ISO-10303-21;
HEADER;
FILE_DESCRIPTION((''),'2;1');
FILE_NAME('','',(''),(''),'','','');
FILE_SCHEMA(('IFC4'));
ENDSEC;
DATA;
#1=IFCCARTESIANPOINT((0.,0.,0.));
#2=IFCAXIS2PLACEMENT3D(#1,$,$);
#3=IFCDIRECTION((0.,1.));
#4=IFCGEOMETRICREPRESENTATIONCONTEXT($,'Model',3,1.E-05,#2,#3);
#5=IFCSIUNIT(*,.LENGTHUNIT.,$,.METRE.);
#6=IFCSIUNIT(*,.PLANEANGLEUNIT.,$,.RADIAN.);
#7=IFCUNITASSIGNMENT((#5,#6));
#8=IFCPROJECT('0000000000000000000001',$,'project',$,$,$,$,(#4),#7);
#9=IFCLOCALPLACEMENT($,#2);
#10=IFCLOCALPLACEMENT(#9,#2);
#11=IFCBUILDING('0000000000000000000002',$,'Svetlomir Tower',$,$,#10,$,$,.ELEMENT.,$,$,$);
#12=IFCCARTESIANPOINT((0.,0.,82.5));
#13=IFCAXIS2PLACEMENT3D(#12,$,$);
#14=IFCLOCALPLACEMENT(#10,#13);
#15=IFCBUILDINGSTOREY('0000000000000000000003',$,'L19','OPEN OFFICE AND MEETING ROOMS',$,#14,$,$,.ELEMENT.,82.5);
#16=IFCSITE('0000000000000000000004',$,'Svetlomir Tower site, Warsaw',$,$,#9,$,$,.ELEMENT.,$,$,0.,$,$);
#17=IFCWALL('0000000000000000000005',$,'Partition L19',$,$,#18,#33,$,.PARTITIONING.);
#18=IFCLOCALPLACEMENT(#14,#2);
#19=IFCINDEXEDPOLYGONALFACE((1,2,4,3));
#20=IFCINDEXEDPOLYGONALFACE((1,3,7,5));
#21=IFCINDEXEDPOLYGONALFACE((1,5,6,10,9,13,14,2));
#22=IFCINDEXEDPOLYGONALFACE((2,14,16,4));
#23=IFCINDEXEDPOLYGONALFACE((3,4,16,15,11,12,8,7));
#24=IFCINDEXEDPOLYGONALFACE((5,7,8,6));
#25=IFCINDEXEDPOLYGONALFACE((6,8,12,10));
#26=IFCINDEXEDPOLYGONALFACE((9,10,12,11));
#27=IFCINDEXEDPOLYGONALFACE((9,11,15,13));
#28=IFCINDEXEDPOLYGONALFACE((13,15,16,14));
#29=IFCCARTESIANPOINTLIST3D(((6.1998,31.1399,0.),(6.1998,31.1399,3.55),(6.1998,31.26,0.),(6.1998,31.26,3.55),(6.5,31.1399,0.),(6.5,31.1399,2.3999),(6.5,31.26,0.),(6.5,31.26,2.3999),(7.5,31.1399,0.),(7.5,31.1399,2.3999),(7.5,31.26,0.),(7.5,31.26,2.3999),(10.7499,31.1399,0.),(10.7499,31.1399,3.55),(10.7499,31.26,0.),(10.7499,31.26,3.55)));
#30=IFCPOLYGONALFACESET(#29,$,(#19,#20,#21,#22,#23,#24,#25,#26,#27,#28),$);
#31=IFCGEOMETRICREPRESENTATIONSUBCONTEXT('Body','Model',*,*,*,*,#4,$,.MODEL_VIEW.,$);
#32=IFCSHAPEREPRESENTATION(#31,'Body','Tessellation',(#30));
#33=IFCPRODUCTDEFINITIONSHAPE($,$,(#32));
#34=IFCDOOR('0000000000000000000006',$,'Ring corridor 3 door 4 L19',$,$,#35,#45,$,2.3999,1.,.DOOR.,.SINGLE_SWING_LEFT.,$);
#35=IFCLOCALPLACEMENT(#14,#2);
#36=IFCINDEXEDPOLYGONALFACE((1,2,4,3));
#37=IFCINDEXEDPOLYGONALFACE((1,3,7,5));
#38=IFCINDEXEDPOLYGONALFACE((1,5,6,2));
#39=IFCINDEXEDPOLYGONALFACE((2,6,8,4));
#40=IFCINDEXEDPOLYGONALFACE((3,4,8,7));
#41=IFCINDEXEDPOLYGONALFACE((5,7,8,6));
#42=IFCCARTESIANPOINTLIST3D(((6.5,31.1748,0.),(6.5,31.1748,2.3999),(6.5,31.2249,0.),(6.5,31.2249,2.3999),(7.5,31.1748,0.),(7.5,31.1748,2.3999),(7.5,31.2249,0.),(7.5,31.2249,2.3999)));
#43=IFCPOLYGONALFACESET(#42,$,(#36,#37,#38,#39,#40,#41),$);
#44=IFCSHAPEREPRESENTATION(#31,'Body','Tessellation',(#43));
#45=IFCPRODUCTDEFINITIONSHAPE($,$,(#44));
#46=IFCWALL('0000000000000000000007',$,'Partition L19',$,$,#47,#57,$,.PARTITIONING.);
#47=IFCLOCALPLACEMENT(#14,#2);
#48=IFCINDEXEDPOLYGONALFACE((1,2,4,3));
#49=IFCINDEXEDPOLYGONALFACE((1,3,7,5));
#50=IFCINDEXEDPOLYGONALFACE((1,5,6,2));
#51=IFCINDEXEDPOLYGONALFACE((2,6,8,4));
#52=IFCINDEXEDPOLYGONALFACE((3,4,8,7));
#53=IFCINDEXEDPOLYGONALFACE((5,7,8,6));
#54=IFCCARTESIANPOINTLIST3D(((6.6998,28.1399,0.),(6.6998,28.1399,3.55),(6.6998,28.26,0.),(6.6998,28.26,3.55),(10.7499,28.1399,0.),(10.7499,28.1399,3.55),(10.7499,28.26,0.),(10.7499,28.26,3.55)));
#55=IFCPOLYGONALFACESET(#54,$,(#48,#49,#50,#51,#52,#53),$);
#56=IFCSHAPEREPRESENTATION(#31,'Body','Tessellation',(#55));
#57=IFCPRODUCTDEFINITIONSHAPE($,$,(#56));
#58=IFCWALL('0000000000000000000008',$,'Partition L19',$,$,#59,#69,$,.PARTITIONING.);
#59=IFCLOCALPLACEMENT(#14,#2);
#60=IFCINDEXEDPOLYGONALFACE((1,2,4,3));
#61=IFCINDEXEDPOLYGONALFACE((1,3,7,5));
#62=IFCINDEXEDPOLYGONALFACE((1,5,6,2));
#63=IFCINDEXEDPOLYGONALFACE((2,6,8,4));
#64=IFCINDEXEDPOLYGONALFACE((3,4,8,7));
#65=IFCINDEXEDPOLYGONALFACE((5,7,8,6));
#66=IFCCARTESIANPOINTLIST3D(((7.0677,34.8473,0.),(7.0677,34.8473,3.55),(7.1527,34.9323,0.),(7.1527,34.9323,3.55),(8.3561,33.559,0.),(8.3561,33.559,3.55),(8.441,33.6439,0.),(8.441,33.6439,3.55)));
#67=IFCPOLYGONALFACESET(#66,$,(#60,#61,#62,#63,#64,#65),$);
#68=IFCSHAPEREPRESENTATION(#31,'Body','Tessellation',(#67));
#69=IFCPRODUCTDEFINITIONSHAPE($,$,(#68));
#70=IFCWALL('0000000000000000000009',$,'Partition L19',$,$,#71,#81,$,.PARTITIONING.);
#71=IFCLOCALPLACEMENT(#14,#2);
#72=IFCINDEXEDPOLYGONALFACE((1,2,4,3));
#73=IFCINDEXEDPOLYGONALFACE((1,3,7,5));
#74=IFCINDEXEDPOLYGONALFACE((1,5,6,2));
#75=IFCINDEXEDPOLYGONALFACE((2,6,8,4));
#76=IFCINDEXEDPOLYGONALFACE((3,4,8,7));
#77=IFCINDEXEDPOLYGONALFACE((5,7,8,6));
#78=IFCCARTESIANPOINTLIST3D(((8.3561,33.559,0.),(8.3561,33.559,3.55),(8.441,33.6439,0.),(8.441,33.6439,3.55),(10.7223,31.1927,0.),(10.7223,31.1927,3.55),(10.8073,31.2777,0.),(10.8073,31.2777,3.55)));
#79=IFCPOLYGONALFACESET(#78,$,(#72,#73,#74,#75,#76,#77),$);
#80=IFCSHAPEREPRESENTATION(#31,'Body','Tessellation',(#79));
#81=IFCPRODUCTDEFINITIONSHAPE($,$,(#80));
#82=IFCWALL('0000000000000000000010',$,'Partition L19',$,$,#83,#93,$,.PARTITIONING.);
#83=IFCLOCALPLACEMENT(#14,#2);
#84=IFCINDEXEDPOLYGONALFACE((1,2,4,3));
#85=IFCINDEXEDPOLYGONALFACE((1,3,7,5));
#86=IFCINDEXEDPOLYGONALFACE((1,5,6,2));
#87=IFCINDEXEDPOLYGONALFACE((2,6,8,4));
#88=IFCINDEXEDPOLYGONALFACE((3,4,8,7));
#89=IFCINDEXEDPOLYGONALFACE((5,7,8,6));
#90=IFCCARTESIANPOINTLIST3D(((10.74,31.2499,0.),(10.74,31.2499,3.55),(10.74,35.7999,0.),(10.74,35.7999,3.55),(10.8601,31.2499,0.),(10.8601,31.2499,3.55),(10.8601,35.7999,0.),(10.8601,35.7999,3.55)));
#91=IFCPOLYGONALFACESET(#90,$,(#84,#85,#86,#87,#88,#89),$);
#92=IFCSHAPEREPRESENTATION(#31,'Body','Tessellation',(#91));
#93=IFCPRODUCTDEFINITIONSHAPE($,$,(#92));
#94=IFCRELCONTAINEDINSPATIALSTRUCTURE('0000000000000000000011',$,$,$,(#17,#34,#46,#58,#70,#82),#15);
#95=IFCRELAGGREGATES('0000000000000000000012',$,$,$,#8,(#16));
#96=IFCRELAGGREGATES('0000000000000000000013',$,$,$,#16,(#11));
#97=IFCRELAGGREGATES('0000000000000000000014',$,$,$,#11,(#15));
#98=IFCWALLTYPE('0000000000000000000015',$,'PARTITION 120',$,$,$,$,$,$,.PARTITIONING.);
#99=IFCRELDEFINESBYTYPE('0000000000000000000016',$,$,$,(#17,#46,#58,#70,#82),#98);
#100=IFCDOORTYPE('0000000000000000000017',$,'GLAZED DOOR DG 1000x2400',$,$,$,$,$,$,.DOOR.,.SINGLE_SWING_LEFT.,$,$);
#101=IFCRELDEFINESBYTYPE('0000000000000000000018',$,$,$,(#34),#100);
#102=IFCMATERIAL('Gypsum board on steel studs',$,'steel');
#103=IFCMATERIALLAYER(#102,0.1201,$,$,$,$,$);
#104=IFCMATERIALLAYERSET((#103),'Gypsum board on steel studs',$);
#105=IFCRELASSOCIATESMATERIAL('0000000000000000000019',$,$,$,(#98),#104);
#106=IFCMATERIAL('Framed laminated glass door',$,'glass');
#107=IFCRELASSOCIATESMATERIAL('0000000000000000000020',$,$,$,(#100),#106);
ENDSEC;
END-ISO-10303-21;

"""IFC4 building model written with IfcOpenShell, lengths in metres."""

from ifc_helpers import new_model, si_unit, direction, frame, frame_2d, origin, place, context, subcontext, project, spatial, rectangle, extrude, material, layer, layer_set, type_object, element, fill, save


model = new_model("IFC4")

# Units and contexts
model_context = context("Model", 3, precision=1e-05, world=origin(), true_north=direction((0.0, 1.0)))
body_context = subcontext(model_context, "Body", "Model", "MODEL_VIEW")
ifc_project = project(units=[si_unit("LENGTHUNIT", "METRE"), si_unit("PLANEANGLEUNIT", "RADIAN")], contexts=[model_context])

# Site, building, storey
site_placement = place(None, origin())
site = spatial("IfcSite", under=ifc_project, at=site_placement, Name="Svetlomir Tower site, Warsaw", CompositionType="ELEMENT", RefElevation=0.0)
building_placement = place(site_placement, origin())
building = spatial("IfcBuilding", under=site, at=building_placement, Name="Svetlomir Tower", CompositionType="ELEMENT")
storey_placement = place(building_placement, frame((0.0, 0.0, 82.5)))
storey = spatial("IfcBuildingStorey", under=building, at=storey_placement, Name="L19", Description="OPEN OFFICE AND MEETING ROOMS", CompositionType="ELEMENT", Elevation=82.5)

# Shared definitions
ifc_material_1 = material(Name="Gypsum board on steel studs", Category="steel")
ifc_layer_1 = layer(ifc_material_1, 0.1201)
ifc_layer_set_1 = layer_set([ifc_layer_1], Name="Gypsum board on steel studs")
wall_type_1 = type_object("IfcWallType", Name="PARTITION 120", PredefinedType="PARTITIONING", material=ifc_layer_set_1)
ifc_material_2 = material(Name="Framed laminated glass door", Category="glass")
door_type_1 = type_object("IfcDoorType", Name="GLAZED DOOR DG 1000x2400", OperationType="SINGLE_SWING_LEFT", PredefinedType="DOOR", material=ifc_material_2)

# Wall, opening, door
wall_1_placement = place(storey_placement, frame((6.2, 31.2, 0.0), z_axis=(0.0, 0.0, 1.0), x_axis=(1.0, 0.0, 0.0)))
wall_1 = element("IfcWall", 1, at=wall_1_placement, inside=storey, type_object=wall_type_1, Name="Partition L19", PredefinedType="PARTITIONING", context=body_context, shape_type="SweptSolid", body=[
    extrude(rectangle(XDim=4.55, YDim=0.1201, at=frame_2d((2.2749, 0.0))), origin(), (0.0, 0.0, 1.0), 3.55),
])
opening_1_placement = place(wall_1_placement, frame((0.3, 0.0, 0.0)))
opening_1 = element("IfcOpeningElement", 2, at=opening_1_placement, cuts=wall_1, PredefinedType="OPENING", context=body_context, shape_type="SweptSolid", body=[
    extrude(rectangle(XDim=1.0, YDim=2.3999, at=frame_2d((0.5, 1.2))), frame((0.0, 0.0701, 0.0), z_axis=(0.0, -1.0, 0.0), x_axis=(1.0, 0.0, 0.0)), (0.0, 0.0, 1.0), 0.1401),
])
door_1_placement = place(opening_1_placement, origin())
door_1 = element("IfcDoor", 3, at=door_1_placement, inside=storey, type_object=door_type_1, Name="Ring corridor 3 door 4 L19", OperationType="SINGLE_SWING_LEFT", OverallHeight=2.3999, OverallWidth=1.0, PredefinedType="DOOR", context=body_context, shape_type="SweptSolid", body=[
    extrude(rectangle(XDim=1.0, YDim=2.3999, at=frame_2d((0.5, 1.2))), frame((0.0, 0.0249, 0.0), z_axis=(0.0, -1.0, 0.0), x_axis=(1.0, 0.0, 0.0)), (0.0, 0.0, 1.0), 0.05),
])
fill(opening_1, door_1)

# Walls
wall_2_placement = place(storey_placement, frame((6.7, 28.2, 0.0), z_axis=(0.0, 0.0, 1.0), x_axis=(1.0, 0.0, 0.0)))
element("IfcWall", 4, at=wall_2_placement, inside=storey, type_object=wall_type_1, Name="Partition L19", PredefinedType="PARTITIONING", context=body_context, shape_type="SweptSolid", body=[
    extrude(rectangle(XDim=4.05, YDim=0.1201, at=frame_2d((2.0249, 0.0))), origin(), (0.0, 0.0, 1.0), 3.55),
])
wall_3_placement = place(storey_placement, frame((7.1101, 34.8899, 0.0), z_axis=(0.0, 0.0, 1.0), x_axis=(0.707107, -0.707107, 0.0)))
element("IfcWall", 5, at=wall_3_placement, inside=storey, type_object=wall_type_1, Name="Partition L19", PredefinedType="PARTITIONING", context=body_context, shape_type="SweptSolid", body=[
    extrude(rectangle(XDim=1.822, YDim=0.1201, at=frame_2d((0.9111, 0.0))), origin(), (0.0, 0.0, 1.0), 3.55),
])
wall_4_placement = place(storey_placement, frame((8.3984, 33.6016, 0.0), z_axis=(0.0, 0.0, 1.0), x_axis=(0.707107, -0.707107, 0.0)))
element("IfcWall", 6, at=wall_4_placement, inside=storey, type_object=wall_type_1, Name="Partition L19", PredefinedType="PARTITIONING", context=body_context, shape_type="SweptSolid", body=[
    extrude(rectangle(XDim=3.3464, YDim=0.1201, at=frame_2d((1.6733, 0.0))), origin(), (0.0, 0.0, 1.0), 3.55),
])
wall_5_placement = place(storey_placement, frame((10.8, 31.25, 0.0), z_axis=(0.0, 0.0, 1.0), x_axis=(0.0, 1.0, 0.0)))
element("IfcWall", 7, at=wall_5_placement, inside=storey, type_object=wall_type_1, Name="Partition L19", PredefinedType="PARTITIONING", context=body_context, shape_type="SweptSolid", body=[
    extrude(rectangle(XDim=4.55, YDim=0.1201, at=frame_2d((2.2749, 0.0))), origin(), (0.0, 0.0, 1.0), 3.55),
])

save(model, "model.ifc")
